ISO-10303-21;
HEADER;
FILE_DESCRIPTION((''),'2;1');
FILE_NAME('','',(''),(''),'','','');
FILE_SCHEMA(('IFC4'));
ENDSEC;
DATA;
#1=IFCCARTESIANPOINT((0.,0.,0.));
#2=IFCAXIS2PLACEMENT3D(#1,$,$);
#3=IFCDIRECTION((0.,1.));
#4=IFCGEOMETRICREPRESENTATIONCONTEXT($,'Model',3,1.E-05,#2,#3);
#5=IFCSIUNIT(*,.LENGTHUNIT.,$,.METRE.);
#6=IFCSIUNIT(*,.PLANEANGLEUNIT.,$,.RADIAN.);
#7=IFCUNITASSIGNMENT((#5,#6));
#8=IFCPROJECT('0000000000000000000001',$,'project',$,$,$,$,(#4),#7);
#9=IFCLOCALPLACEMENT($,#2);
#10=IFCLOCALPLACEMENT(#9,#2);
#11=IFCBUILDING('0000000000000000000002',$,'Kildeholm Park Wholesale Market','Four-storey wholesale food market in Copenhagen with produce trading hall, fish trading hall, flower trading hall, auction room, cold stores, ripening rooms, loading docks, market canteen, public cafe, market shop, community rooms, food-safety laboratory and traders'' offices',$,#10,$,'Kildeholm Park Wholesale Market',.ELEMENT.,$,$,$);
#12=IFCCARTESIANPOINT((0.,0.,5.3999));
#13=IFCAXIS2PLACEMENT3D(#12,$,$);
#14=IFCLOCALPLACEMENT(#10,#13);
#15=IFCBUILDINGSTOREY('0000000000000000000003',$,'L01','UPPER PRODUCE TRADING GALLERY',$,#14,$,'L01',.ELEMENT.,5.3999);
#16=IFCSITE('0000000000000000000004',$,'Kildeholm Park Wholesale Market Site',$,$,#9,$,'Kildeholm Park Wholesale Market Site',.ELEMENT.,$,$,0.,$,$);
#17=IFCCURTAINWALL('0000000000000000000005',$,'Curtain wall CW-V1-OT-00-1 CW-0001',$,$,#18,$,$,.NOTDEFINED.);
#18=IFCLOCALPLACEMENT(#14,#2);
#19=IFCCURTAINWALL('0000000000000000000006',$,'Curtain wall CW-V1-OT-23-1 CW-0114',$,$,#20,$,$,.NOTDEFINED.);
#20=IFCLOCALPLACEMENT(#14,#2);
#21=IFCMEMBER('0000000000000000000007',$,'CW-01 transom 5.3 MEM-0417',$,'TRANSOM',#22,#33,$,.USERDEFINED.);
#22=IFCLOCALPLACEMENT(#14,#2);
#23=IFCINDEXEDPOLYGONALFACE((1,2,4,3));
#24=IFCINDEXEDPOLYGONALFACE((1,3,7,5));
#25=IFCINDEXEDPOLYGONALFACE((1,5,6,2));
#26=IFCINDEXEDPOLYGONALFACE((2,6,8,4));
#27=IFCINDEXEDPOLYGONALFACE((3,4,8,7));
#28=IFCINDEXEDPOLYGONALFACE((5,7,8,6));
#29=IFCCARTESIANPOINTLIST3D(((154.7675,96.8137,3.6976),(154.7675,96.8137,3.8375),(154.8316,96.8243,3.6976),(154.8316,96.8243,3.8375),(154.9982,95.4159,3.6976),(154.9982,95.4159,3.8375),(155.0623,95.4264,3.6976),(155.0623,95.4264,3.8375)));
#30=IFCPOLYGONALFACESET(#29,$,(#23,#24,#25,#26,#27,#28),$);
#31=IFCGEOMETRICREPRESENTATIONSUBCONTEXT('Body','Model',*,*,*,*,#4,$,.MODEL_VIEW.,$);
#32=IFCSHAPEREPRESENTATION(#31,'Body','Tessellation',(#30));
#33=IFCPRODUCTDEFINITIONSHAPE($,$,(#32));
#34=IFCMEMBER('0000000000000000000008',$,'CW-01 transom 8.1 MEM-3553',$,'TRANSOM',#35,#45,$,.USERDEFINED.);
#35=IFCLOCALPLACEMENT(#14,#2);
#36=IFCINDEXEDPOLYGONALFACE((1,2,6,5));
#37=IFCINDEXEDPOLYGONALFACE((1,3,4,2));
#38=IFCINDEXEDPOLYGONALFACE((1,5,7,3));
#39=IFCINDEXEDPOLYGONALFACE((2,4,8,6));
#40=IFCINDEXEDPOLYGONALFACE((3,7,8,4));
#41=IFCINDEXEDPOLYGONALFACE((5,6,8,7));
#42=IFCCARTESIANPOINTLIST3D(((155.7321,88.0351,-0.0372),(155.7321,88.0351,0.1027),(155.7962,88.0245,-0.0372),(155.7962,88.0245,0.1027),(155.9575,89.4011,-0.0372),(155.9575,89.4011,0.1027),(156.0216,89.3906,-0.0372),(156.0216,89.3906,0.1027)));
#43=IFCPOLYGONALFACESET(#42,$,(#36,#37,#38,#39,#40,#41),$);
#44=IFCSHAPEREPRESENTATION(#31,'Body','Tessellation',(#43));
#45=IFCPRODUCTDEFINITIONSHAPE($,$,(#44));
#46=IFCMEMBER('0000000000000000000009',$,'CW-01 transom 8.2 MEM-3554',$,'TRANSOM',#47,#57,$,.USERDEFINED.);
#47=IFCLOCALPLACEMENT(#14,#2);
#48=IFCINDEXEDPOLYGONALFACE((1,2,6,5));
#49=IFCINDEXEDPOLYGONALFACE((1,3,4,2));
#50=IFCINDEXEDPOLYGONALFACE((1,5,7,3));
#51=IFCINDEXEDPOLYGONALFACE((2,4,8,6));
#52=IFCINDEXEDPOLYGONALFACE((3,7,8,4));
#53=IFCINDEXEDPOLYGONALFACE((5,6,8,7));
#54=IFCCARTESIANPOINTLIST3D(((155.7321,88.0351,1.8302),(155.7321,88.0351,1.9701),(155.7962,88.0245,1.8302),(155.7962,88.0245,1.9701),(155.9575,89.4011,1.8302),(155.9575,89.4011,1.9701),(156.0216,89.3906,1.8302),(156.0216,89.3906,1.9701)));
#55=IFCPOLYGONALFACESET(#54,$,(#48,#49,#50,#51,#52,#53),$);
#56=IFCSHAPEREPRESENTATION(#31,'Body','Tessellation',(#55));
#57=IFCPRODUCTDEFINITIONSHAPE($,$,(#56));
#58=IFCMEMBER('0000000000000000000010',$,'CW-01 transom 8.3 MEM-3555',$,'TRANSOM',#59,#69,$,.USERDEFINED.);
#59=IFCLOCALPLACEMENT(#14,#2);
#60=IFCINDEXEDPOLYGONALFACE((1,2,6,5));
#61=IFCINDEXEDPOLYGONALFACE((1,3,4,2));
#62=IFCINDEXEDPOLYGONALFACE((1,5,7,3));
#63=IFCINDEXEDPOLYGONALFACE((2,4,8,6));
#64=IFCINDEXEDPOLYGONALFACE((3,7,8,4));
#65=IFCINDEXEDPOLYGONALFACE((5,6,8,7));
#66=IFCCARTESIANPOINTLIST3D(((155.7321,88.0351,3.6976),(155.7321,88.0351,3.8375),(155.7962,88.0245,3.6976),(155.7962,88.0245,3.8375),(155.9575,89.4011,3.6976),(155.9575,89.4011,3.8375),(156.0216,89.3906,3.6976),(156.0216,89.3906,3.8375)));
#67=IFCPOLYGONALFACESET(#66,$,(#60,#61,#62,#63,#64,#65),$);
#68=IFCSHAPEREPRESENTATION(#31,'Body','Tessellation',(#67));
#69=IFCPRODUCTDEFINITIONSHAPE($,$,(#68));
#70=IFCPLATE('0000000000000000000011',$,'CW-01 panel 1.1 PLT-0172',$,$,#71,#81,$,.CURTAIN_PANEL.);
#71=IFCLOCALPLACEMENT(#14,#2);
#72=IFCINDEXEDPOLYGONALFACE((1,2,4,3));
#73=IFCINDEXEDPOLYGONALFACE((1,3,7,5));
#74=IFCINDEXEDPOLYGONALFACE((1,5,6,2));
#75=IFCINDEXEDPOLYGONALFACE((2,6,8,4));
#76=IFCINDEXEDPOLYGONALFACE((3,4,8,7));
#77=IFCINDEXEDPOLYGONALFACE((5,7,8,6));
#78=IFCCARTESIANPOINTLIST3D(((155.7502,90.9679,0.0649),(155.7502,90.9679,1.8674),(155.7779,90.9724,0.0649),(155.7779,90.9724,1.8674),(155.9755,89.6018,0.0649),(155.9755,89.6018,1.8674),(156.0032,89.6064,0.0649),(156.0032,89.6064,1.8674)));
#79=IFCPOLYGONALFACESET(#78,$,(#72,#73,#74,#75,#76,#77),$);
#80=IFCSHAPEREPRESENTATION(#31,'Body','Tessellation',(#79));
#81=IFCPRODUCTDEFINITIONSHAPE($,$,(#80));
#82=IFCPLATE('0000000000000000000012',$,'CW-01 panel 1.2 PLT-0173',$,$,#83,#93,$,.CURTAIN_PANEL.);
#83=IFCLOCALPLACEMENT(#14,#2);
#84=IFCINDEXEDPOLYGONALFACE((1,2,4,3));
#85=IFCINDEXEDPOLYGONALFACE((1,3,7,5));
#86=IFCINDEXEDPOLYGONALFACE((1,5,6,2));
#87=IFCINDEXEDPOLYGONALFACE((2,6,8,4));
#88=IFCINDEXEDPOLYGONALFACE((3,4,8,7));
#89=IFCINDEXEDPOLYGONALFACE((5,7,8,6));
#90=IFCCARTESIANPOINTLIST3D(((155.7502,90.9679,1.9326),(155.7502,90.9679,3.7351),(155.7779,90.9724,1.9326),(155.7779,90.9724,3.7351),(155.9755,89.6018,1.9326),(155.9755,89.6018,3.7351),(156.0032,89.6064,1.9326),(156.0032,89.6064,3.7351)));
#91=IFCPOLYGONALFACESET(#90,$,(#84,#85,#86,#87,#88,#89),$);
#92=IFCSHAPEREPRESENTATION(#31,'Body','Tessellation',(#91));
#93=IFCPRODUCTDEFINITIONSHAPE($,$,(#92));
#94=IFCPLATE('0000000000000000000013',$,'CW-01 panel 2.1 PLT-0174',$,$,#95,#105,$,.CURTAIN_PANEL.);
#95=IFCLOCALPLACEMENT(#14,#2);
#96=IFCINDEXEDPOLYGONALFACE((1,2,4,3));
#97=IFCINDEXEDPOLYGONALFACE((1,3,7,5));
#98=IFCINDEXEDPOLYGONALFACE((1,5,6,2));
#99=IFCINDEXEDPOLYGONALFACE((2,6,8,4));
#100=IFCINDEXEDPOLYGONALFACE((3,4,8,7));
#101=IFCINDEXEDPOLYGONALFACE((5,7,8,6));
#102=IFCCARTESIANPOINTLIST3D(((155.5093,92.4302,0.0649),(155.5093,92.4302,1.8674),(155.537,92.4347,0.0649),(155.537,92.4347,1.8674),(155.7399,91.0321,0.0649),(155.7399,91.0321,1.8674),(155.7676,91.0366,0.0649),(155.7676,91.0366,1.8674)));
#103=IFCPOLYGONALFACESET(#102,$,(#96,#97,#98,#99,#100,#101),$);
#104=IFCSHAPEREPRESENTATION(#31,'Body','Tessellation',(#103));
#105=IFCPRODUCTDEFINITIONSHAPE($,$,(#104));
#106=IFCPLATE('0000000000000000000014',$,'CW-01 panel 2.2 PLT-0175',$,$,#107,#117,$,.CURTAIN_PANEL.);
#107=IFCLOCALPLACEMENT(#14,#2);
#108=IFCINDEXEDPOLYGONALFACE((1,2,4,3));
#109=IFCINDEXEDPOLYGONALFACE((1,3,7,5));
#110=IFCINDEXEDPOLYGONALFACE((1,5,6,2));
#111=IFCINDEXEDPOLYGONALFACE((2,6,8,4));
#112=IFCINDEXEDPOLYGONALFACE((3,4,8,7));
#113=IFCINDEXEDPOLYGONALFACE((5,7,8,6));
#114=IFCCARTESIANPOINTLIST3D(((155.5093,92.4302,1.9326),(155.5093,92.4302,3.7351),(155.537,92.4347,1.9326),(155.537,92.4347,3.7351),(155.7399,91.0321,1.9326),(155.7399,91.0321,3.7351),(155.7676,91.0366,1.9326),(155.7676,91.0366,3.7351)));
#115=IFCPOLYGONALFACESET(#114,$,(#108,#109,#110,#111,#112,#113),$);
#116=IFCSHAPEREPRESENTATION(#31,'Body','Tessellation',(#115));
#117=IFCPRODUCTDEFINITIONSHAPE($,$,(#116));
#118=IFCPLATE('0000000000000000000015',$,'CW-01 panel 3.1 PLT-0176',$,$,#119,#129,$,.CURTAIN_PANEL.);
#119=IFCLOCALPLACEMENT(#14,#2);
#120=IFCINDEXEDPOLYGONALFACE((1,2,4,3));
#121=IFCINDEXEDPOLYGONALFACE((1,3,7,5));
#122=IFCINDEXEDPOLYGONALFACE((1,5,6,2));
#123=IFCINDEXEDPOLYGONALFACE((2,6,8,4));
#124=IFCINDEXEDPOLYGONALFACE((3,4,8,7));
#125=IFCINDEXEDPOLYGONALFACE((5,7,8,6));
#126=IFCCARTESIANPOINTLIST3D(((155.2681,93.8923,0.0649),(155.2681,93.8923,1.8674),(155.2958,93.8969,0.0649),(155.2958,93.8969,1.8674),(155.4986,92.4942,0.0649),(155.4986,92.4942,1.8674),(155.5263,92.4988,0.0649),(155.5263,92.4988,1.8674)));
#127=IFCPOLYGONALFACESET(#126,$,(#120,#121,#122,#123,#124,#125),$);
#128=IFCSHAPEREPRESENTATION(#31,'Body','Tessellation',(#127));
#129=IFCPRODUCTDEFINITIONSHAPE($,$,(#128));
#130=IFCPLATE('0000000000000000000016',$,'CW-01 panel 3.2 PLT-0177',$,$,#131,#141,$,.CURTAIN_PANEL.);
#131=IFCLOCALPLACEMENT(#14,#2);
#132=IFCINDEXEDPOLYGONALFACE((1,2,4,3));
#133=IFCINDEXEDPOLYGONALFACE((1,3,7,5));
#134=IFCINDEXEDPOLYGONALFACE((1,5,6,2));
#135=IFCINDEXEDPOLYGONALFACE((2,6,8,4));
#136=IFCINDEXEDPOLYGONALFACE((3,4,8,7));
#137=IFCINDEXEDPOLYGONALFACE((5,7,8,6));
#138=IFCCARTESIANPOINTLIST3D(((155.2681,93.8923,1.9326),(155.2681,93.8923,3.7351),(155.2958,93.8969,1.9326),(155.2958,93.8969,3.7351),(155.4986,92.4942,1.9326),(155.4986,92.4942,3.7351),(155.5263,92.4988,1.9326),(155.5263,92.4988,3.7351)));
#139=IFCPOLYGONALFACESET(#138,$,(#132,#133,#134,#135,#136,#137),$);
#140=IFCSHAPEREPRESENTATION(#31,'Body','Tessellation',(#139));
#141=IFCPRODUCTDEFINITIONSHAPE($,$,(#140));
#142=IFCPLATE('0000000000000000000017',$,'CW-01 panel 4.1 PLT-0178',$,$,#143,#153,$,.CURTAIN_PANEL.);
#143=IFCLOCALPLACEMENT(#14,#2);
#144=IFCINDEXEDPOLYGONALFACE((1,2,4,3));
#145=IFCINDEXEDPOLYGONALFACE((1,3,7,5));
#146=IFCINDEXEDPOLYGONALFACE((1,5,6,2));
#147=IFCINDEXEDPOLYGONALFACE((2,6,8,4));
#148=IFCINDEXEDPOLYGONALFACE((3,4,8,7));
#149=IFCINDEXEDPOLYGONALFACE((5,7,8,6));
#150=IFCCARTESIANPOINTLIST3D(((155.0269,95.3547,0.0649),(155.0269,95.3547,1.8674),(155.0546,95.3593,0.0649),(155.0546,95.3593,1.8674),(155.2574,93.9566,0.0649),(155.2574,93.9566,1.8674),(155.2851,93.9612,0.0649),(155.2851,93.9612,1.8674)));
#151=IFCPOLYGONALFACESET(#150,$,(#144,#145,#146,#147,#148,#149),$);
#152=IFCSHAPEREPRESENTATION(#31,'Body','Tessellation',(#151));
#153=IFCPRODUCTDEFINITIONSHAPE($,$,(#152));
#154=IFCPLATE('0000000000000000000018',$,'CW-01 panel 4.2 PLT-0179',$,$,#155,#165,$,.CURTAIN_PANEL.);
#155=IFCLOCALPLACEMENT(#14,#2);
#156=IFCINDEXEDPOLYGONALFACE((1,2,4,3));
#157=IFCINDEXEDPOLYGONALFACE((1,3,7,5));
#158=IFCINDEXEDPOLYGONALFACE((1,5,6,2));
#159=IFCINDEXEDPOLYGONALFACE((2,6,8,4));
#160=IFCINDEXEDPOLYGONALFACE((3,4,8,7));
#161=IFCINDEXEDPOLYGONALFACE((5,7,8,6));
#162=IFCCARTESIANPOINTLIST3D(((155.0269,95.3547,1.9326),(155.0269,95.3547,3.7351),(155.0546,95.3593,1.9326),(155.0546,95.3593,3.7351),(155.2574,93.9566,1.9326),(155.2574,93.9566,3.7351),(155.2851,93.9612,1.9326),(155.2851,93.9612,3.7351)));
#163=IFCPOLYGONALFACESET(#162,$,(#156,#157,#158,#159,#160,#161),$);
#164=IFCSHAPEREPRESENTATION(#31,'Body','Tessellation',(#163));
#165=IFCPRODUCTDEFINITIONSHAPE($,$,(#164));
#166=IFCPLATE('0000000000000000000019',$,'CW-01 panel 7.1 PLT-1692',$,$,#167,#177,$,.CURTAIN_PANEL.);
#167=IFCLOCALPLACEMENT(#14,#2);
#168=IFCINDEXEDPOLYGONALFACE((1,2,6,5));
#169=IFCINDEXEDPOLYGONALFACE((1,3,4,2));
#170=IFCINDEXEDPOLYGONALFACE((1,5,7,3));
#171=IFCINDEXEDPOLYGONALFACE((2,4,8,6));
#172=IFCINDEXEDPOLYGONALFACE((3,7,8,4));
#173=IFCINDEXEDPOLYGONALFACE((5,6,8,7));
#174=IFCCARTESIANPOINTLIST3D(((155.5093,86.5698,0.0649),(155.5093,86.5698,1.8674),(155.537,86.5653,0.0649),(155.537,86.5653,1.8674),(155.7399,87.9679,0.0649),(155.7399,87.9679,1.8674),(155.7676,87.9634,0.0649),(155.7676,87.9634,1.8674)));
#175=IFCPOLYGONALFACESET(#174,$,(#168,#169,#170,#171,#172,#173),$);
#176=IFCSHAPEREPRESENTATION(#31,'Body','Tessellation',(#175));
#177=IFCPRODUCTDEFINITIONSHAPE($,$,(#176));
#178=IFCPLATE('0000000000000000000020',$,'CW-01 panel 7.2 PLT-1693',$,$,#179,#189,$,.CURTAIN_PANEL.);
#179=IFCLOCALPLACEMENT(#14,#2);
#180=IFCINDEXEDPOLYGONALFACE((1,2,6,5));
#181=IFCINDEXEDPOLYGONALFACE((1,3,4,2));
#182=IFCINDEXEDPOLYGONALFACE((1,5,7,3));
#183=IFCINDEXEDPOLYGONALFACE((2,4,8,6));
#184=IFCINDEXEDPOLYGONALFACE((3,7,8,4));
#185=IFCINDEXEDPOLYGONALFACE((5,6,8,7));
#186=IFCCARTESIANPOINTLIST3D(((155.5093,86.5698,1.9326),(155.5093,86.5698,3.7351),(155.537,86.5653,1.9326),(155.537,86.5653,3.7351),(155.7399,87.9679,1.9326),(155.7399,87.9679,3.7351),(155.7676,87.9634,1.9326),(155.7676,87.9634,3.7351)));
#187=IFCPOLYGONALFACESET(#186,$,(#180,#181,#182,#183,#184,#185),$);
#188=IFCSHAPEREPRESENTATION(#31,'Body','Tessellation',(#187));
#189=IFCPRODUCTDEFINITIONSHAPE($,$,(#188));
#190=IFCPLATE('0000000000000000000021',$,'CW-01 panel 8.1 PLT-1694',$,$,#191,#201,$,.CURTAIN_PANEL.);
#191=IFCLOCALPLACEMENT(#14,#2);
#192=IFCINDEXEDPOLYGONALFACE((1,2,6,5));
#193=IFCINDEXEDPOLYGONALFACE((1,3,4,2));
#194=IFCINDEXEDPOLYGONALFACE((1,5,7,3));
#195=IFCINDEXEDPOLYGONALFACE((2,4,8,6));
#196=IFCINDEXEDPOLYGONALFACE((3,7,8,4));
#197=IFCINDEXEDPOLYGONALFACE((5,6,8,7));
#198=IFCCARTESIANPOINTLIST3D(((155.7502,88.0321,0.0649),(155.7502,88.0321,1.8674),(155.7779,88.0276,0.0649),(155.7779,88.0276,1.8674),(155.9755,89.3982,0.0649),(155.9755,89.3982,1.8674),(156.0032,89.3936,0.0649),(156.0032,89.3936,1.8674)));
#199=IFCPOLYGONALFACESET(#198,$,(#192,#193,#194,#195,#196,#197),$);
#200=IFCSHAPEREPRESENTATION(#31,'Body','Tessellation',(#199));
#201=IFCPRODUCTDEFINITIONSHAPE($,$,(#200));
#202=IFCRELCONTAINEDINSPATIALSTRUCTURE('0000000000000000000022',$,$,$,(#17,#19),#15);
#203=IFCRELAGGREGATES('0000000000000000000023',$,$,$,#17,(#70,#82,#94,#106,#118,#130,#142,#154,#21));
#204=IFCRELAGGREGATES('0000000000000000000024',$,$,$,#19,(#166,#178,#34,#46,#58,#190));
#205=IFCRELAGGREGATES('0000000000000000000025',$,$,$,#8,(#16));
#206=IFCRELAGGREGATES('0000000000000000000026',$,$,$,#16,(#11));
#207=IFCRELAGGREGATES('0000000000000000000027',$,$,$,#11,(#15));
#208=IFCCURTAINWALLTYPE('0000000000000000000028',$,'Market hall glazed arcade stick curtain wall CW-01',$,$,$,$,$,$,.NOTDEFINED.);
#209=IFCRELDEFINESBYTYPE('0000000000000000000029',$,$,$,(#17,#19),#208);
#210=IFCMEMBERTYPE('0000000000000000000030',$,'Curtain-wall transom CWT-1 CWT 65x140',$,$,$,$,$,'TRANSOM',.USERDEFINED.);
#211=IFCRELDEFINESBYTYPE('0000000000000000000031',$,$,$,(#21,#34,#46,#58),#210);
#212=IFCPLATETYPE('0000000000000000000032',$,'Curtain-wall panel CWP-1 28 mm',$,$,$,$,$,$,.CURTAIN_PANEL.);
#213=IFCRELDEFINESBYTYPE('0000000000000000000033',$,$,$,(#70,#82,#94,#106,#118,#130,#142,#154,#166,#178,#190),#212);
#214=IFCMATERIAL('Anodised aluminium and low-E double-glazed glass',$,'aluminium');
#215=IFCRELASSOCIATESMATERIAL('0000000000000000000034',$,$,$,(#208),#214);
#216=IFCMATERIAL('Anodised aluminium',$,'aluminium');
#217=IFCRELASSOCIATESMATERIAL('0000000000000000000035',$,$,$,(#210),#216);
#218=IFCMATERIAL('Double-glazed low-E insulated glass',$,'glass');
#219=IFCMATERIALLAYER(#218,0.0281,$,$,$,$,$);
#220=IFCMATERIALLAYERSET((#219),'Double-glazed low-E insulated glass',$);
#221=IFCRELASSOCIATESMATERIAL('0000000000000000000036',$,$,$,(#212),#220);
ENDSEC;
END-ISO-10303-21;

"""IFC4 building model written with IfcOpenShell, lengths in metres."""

from ifc_helpers import new_model, si_unit, direction, frame, origin, origin_2d, place, context, subcontext, project, spatial, rectangle, extrude, material, layer, layer_set, material_profile, profile_set, type_object, element, aggregate, save


model = new_model("IFC4")

# Units and contexts
model_context = context("Model", 3, precision=1e-05, world=origin(), true_north=direction((0.0, 1.0)))
body_context = subcontext(model_context, "Body", "Model", "MODEL_VIEW")
ifc_project = project(units=[si_unit("LENGTHUNIT", "METRE"), si_unit("PLANEANGLEUNIT", "RADIAN")], contexts=[model_context])

# Site, building, storey
site_placement = place(None, origin())
site = spatial("IfcSite", under=ifc_project, at=site_placement, Name="Kildeholm Park Wholesale Market Site", LongName="Kildeholm Park Wholesale Market Site", CompositionType="ELEMENT", RefElevation=0.0)
building_placement = place(site_placement, origin())
building = spatial("IfcBuilding", under=site, at=building_placement, Name="Kildeholm Park Wholesale Market", Description="Four-storey wholesale food market in Copenhagen with produce trading hall, fish trading hall, flower trading hall, auction room, cold stores, ripening rooms, loading docks, market canteen, public cafe, market shop, community rooms, food-safety laboratory and traders' offices", LongName="Kildeholm Park Wholesale Market", CompositionType="ELEMENT")
storey_placement = place(building_placement, frame((0.0, 0.0, 5.3999)))
storey = spatial("IfcBuildingStorey", under=building, at=storey_placement, Name="L01", Description="UPPER PRODUCE TRADING GALLERY", LongName="L01", CompositionType="ELEMENT", Elevation=5.3999)

# Curtain walls
ifc_material_1 = material(Name="Anodised aluminium and low-E double-glazed glass", Category="aluminium")
curtain_wall_type = type_object("IfcCurtainWallType", Name="Market hall glazed arcade stick curtain wall CW-01", PredefinedType="NOTDEFINED", material=ifc_material_1)
curtain_wall_1_placement = place(storey_placement, origin())
curtain_wall_1 = element("IfcCurtainWall", 1, at=curtain_wall_1_placement, inside=storey, type_object=curtain_wall_type, Name="Curtain wall CW-V1-OT-00-1 CW-0001", PredefinedType="NOTDEFINED")
ifc_material_2 = material(Name="Anodised aluminium", Category="aluminium")
curtain_wall_2_placement = place(storey_placement, origin())
curtain_wall_2 = element("IfcCurtainWall", 2, at=curtain_wall_2_placement, inside=storey, type_object=curtain_wall_type, Name="Curtain wall CW-V1-OT-23-1 CW-0114", PredefinedType="NOTDEFINED")

# Members
ifc_material_profile_1 = material_profile(ifc_material_2, rectangle(XDim=0.0649, YDim=0.1399, at=origin_2d()), Name="CWT 65x140")
ifc_profile_set_1 = profile_set([ifc_material_profile_1], Name="Anodised aluminium")
member_type_1 = type_object("IfcMemberType", Name="Curtain-wall transom CWT-1 CWT 65x140", ElementType="TRANSOM", PredefinedType="USERDEFINED", material=ifc_profile_set_1)
member_1_placement = place(storey_placement, frame((155.0303, 95.4211, 3.7676), z_axis=(-0.162834, 0.986653, 0.0), x_axis=(-0.986653, -0.162834, 0.0)))
member_1 = element("IfcMember", 3, at=member_1_placement, type_object=member_type_1, Name="CW-01 transom 5.3 MEM-0417", ObjectType="TRANSOM", PredefinedType="USERDEFINED", context=body_context, shape_type="SweptSolid", body=[
    extrude(rectangle(XDim=0.0649, YDim=0.1399, at=origin_2d()), origin(), (0.0, 0.0, 1.0), 1.4167),
])
member_2_placement = place(storey_placement, frame((155.7642, 88.0298, 0.0327), z_axis=(0.162769, 0.986664, 0.0), x_axis=(-0.986664, 0.162769, 0.0)))
member_2 = element("IfcMember", 4, at=member_2_placement, type_object=member_type_1, Name="CW-01 transom 8.1 MEM-3553", ObjectType="TRANSOM", PredefinedType="USERDEFINED", context=body_context, shape_type="SweptSolid", body=[
    extrude(rectangle(XDim=0.0649, YDim=0.1399, at=origin_2d()), origin(), (0.0, 0.0, 1.0), 1.3845),
])
member_3_placement = place(storey_placement, frame((155.7642, 88.0298, 1.9001), z_axis=(0.162769, 0.986664, 0.0), x_axis=(-0.986664, 0.162769, 0.0)))
member_3 = element("IfcMember", 5, at=member_3_placement, type_object=member_type_1, Name="CW-01 transom 8.2 MEM-3554", ObjectType="TRANSOM", PredefinedType="USERDEFINED", context=body_context, shape_type="SweptSolid", body=[
    extrude(rectangle(XDim=0.0649, YDim=0.1399, at=origin_2d()), origin(), (0.0, 0.0, 1.0), 1.3845),
])
member_4_placement = place(storey_placement, frame((155.7642, 88.0298, 3.7676), z_axis=(0.162769, 0.986664, 0.0), x_axis=(-0.986664, 0.162769, 0.0)))
member_4 = element("IfcMember", 6, at=member_4_placement, type_object=member_type_1, Name="CW-01 transom 8.3 MEM-3555", ObjectType="TRANSOM", PredefinedType="USERDEFINED", context=body_context, shape_type="SweptSolid", body=[
    extrude(rectangle(XDim=0.0649, YDim=0.1399, at=origin_2d()), origin(), (0.0, 0.0, 1.0), 1.3845),
])

# Plates
ifc_material_3 = material(Name="Double-glazed low-E insulated glass", Category="glass")
ifc_layer = layer(ifc_material_3, 0.0281)
ifc_layer_set = layer_set([ifc_layer], Name="Double-glazed low-E insulated glass")
plate_type = type_object("IfcPlateType", Name="Curtain-wall panel CWP-1 28 mm", PredefinedType="CURTAIN_PANEL", material=ifc_layer_set)
plate_1_placement = place(storey_placement, frame((155.8767, 90.2871, 0.0649), z_axis=(0.0, 0.0, 1.0), x_axis=(-0.162703, 0.986675, 0.0)))
plate_1 = element("IfcPlate", 7, at=plate_1_placement, type_object=plate_type, Name="CW-01 panel 1.1 PLT-0172", PredefinedType="CURTAIN_PANEL", context=body_context, shape_type="SweptSolid", body=[
    extrude(rectangle(XDim=1.3845, YDim=0.0281, at=origin_2d()), origin(), (0.0, 0.0, 1.0), 1.8025),
])
plate_2_placement = place(storey_placement, frame((155.8767, 90.2871, 1.9326), z_axis=(0.0, 0.0, 1.0), x_axis=(-0.162703, 0.986675, 0.0)))
plate_2 = element("IfcPlate", 8, at=plate_2_placement, type_object=plate_type, Name="CW-01 panel 1.2 PLT-0173", PredefinedType="CURTAIN_PANEL", context=body_context, shape_type="SweptSolid", body=[
    extrude(rectangle(XDim=1.3845, YDim=0.0281, at=origin_2d()), origin(), (0.0, 0.0, 1.0), 1.8025),
])
plate_3_placement = place(storey_placement, frame((155.6384, 91.7334, 0.0649), z_axis=(0.0, 0.0, 1.0), x_axis=(-0.162703, 0.986675, 0.0)))
plate_3 = element("IfcPlate", 9, at=plate_3_placement, type_object=plate_type, Name="CW-01 panel 2.1 PLT-0174", PredefinedType="CURTAIN_PANEL", context=body_context, shape_type="SweptSolid", body=[
    extrude(rectangle(XDim=1.417, YDim=0.0281, at=origin_2d()), origin(), (0.0, 0.0, 1.0), 1.8025),
])
plate_4_placement = place(storey_placement, frame((155.6384, 91.7334, 1.9326), z_axis=(0.0, 0.0, 1.0), x_axis=(-0.162703, 0.986675, 0.0)))
plate_4 = element("IfcPlate", 10, at=plate_4_placement, type_object=plate_type, Name="CW-01 panel 2.2 PLT-0175", PredefinedType="CURTAIN_PANEL", context=body_context, shape_type="SweptSolid", body=[
    extrude(rectangle(XDim=1.417, YDim=0.0281, at=origin_2d()), origin(), (0.0, 0.0, 1.0), 1.8025),
])
plate_5_placement = place(storey_placement, frame((155.3972, 93.1956, 0.0649), z_axis=(0.0, 0.0, 1.0), x_axis=(-0.162703, 0.986675, 0.0)))
plate_5 = element("IfcPlate", 11, at=plate_5_placement, type_object=plate_type, Name="CW-01 panel 3.1 PLT-0176", PredefinedType="CURTAIN_PANEL", context=body_context, shape_type="SweptSolid", body=[
    extrude(rectangle(XDim=1.417, YDim=0.0281, at=origin_2d()), origin(), (0.0, 0.0, 1.0), 1.8025),
])
plate_6_placement = place(storey_placement, frame((155.3972, 93.1956, 1.9326), z_axis=(0.0, 0.0, 1.0), x_axis=(-0.162703, 0.986675, 0.0)))
plate_6 = element("IfcPlate", 12, at=plate_6_placement, type_object=plate_type, Name="CW-01 panel 3.2 PLT-0177", PredefinedType="CURTAIN_PANEL", context=body_context, shape_type="SweptSolid", body=[
    extrude(rectangle(XDim=1.417, YDim=0.0281, at=origin_2d()), origin(), (0.0, 0.0, 1.0), 1.8025),
])
plate_7_placement = place(storey_placement, frame((155.156, 94.658, 0.0649), z_axis=(0.0, 0.0, 1.0), x_axis=(-0.162703, 0.986675, 0.0)))
plate_7 = element("IfcPlate", 13, at=plate_7_placement, type_object=plate_type, Name="CW-01 panel 4.1 PLT-0178", PredefinedType="CURTAIN_PANEL", context=body_context, shape_type="SweptSolid", body=[
    extrude(rectangle(XDim=1.417, YDim=0.0281, at=origin_2d()), origin(), (0.0, 0.0, 1.0), 1.8025),
])
plate_8_placement = place(storey_placement, frame((155.156, 94.658, 1.9326), z_axis=(0.0, 0.0, 1.0), x_axis=(-0.162703, 0.986675, 0.0)))
plate_8 = element("IfcPlate", 14, at=plate_8_placement, type_object=plate_type, Name="CW-01 panel 4.2 PLT-0179", PredefinedType="CURTAIN_PANEL", context=body_context, shape_type="SweptSolid", body=[
    extrude(rectangle(XDim=1.417, YDim=0.0281, at=origin_2d()), origin(), (0.0, 0.0, 1.0), 1.8025),
])
aggregate(curtain_wall_1, [plate_1, plate_2, plate_3, plate_4, plate_5, plate_6, plate_7, plate_8, member_1])
plate_9_placement = place(storey_placement, frame((155.6384, 87.2666, 0.0649), z_axis=(0.0, 0.0, 1.0), x_axis=(0.162703, 0.986675, 0.0)))
plate_9 = element("IfcPlate", 15, at=plate_9_placement, type_object=plate_type, Name="CW-01 panel 7.1 PLT-1692", PredefinedType="CURTAIN_PANEL", context=body_context, shape_type="SweptSolid", body=[
    extrude(rectangle(XDim=1.417, YDim=0.0281, at=origin_2d()), origin(), (0.0, 0.0, 1.0), 1.8025),
])
plate_10_placement = place(storey_placement, frame((155.6384, 87.2666, 1.9326), z_axis=(0.0, 0.0, 1.0), x_axis=(0.162703, 0.986675, 0.0)))
plate_10 = element("IfcPlate", 16, at=plate_10_placement, type_object=plate_type, Name="CW-01 panel 7.2 PLT-1693", PredefinedType="CURTAIN_PANEL", context=body_context, shape_type="SweptSolid", body=[
    extrude(rectangle(XDim=1.417, YDim=0.0281, at=origin_2d()), origin(), (0.0, 0.0, 1.0), 1.8025),
])
plate_11_placement = place(storey_placement, frame((155.8767, 88.7129, 0.0649), z_axis=(0.0, 0.0, 1.0), x_axis=(0.162703, 0.986675, 0.0)))
plate_11 = element("IfcPlate", 17, at=plate_11_placement, type_object=plate_type, Name="CW-01 panel 8.1 PLT-1694", PredefinedType="CURTAIN_PANEL", context=body_context, shape_type="SweptSolid", body=[
    extrude(rectangle(XDim=1.3845, YDim=0.0281, at=origin_2d()), origin(), (0.0, 0.0, 1.0), 1.8025),
])
aggregate(curtain_wall_2, [plate_9, plate_10, member_2, member_3, member_4, plate_11])

save(model, "model.ifc")
